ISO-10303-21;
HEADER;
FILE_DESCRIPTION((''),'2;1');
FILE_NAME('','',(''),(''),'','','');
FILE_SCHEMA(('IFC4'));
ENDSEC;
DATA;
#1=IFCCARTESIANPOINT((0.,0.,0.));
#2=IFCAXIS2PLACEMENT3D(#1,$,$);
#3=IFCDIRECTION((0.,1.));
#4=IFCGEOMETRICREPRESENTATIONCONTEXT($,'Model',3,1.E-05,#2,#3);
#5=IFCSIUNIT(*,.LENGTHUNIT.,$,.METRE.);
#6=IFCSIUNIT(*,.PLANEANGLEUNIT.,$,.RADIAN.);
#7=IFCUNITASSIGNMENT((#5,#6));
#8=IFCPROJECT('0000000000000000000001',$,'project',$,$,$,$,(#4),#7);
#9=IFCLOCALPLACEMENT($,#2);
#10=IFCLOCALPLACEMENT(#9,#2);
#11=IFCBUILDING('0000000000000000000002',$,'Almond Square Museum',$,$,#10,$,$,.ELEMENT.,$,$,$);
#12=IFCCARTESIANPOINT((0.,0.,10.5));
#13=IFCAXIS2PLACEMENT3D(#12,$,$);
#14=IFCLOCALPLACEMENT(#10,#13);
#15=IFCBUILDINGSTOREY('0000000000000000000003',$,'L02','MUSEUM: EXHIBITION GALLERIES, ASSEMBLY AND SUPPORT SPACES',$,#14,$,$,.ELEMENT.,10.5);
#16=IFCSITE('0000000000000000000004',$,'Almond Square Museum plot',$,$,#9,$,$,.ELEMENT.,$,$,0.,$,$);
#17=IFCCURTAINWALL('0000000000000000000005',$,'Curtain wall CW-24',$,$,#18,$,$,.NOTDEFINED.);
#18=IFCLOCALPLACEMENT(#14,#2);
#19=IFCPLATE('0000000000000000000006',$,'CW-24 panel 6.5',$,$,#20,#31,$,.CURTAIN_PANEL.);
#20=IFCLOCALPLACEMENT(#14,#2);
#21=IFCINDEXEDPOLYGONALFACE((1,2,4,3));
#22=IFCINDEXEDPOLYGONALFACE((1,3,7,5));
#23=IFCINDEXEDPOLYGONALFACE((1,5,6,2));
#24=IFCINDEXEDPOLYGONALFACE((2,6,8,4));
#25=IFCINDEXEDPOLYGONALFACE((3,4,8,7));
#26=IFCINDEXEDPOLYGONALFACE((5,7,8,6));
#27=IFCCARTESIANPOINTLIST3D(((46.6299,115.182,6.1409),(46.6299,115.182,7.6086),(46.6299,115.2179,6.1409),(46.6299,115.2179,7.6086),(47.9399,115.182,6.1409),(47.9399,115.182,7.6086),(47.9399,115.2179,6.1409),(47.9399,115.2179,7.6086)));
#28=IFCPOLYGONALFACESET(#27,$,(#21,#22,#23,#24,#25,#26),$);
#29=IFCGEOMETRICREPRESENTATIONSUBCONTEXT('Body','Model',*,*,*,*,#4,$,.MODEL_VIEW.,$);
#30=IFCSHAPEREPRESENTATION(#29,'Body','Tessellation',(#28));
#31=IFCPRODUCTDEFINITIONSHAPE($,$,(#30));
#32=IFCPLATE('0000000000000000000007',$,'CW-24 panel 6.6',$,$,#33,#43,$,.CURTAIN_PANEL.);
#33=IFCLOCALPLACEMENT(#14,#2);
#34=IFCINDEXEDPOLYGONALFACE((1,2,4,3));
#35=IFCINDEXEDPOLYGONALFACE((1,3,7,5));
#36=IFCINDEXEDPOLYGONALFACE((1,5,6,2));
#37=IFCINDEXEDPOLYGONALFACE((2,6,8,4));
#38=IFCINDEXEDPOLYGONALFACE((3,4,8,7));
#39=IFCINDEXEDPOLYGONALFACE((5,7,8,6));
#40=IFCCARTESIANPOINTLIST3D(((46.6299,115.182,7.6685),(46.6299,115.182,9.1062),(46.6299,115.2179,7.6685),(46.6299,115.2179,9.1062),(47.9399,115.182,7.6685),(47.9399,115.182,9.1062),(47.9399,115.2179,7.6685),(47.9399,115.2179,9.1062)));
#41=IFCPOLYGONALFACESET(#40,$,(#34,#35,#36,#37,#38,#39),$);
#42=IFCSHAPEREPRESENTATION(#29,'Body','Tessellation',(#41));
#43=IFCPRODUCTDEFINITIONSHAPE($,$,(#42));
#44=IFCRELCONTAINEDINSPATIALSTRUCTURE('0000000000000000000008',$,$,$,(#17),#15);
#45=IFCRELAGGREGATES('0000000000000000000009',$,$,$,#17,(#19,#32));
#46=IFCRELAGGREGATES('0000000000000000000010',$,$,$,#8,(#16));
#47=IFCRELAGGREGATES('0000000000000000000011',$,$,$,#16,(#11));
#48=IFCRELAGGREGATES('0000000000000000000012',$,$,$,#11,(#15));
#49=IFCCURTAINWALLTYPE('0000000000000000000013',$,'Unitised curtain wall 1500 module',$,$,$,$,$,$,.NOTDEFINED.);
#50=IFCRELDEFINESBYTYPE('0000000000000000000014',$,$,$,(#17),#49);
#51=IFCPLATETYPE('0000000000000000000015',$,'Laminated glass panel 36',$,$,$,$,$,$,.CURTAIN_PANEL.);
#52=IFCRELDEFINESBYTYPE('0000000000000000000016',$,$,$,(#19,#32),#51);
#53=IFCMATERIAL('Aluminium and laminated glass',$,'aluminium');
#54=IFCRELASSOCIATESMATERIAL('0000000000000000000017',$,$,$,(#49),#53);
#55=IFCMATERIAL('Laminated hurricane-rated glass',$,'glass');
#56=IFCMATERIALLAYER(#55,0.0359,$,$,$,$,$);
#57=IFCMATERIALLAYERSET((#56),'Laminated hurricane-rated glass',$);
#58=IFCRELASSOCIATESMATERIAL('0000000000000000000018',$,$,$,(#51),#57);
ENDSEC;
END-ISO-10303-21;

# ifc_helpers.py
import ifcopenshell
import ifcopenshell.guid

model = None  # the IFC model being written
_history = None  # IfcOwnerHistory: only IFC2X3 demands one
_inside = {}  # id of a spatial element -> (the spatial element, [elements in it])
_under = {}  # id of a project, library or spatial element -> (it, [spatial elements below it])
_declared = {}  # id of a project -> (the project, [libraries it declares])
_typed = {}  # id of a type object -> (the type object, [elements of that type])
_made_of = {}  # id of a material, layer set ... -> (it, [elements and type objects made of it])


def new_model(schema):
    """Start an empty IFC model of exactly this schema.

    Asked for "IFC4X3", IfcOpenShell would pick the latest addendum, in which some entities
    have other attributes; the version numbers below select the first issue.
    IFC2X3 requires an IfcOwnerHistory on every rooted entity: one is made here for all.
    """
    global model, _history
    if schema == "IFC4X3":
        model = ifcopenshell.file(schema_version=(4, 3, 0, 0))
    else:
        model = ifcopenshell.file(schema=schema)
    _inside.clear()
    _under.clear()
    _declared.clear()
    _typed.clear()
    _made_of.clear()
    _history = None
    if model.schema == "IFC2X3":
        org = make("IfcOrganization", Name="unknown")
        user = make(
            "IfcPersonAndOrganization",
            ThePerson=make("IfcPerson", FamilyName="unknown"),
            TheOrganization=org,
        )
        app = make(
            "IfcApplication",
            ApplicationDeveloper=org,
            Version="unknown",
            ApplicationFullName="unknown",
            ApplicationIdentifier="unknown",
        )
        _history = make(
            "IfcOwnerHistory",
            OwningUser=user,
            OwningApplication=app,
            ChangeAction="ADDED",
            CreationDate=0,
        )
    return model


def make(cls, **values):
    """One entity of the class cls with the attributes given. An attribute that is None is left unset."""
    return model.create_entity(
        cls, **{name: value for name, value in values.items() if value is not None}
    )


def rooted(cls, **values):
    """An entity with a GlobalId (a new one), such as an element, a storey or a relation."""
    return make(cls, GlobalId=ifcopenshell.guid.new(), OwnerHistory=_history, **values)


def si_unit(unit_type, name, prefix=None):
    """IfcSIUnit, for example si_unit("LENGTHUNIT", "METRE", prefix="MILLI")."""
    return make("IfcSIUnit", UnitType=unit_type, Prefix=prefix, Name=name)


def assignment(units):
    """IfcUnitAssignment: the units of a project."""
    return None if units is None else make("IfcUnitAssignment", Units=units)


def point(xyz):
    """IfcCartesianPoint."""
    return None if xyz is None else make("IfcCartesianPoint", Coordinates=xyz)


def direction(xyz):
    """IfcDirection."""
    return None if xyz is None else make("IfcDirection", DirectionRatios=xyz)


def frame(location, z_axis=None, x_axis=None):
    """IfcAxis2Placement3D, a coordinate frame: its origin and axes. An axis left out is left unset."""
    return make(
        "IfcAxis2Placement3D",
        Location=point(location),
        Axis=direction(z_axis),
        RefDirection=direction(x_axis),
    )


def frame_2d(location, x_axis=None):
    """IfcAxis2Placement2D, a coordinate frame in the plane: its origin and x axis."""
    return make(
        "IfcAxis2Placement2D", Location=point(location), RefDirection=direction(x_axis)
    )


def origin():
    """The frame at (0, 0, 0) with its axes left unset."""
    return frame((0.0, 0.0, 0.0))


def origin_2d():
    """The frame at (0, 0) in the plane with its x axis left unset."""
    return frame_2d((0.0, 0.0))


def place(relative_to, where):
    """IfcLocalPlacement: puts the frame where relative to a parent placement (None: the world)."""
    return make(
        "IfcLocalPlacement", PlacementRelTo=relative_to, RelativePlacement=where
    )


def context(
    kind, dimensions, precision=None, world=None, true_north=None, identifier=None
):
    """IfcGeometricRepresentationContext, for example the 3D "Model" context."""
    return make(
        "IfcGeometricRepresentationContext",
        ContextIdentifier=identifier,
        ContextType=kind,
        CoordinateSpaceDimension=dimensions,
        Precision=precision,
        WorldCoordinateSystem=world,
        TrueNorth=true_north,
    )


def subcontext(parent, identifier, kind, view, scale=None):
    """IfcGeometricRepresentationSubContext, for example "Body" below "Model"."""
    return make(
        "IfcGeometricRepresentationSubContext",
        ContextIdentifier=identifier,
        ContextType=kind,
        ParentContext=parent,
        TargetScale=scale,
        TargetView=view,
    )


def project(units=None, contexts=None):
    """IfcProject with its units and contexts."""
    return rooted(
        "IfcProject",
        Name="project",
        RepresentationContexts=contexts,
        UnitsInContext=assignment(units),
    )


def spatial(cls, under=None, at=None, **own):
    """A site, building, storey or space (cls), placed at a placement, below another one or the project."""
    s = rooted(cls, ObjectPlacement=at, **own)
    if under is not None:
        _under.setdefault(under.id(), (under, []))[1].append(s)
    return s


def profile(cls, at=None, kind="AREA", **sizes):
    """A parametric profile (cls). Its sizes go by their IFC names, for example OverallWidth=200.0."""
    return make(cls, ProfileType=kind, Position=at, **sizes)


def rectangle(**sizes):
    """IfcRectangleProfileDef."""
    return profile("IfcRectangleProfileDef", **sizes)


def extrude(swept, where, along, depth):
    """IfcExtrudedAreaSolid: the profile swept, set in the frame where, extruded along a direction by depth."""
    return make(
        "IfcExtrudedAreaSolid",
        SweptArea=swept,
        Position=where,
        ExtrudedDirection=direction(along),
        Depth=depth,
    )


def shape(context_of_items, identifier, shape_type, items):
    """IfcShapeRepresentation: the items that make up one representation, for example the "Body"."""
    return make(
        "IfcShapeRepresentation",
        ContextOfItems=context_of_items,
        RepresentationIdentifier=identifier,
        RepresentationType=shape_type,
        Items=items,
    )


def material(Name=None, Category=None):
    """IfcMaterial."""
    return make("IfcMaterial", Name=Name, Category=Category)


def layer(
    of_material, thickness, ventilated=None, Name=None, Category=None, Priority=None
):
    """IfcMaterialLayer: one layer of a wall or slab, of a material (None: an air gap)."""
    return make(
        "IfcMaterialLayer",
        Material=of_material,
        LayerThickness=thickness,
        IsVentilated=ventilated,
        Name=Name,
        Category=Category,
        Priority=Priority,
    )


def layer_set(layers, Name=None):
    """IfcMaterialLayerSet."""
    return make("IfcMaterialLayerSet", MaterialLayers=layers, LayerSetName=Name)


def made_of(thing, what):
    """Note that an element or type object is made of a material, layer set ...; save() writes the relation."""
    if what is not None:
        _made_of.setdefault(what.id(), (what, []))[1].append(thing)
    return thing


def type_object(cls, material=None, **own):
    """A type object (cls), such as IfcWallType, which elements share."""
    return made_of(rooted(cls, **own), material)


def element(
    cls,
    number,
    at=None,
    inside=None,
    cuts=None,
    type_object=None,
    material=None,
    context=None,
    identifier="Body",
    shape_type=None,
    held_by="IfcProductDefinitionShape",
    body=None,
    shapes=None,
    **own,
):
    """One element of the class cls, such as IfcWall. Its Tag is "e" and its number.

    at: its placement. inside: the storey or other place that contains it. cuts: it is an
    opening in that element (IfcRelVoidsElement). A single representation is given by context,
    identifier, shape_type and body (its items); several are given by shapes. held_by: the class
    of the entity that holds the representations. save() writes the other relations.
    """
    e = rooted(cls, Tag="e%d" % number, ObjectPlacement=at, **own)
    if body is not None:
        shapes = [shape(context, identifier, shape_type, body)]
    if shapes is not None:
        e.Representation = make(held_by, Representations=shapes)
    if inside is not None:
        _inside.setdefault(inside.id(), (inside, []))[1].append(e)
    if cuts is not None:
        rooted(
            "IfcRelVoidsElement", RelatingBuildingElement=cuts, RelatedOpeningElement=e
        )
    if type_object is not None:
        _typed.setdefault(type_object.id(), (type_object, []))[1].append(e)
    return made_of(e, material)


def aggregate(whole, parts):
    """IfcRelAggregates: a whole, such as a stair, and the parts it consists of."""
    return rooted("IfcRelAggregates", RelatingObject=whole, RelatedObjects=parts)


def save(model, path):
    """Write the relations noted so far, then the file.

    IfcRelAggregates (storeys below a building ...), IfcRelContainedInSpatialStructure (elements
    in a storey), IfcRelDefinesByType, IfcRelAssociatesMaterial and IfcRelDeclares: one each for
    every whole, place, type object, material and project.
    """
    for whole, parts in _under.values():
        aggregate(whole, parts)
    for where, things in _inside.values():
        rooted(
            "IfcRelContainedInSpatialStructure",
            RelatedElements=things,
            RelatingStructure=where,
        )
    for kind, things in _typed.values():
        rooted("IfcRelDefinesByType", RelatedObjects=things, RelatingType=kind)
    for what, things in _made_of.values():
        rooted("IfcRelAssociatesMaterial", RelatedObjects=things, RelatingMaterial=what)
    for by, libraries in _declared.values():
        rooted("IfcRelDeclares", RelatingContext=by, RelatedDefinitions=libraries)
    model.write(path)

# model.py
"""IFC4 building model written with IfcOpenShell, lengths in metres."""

from ifc_helpers import new_model, si_unit, direction, frame, origin, origin_2d, place, context, subcontext, project, spatial, rectangle, extrude, material, layer, layer_set, type_object, element, aggregate, save


model = new_model("IFC4")

# Units and contexts
model_context = context("Model", 3, precision=1e-05, world=origin(), true_north=direction((0.0, 1.0)))
body_context = subcontext(model_context, "Body", "Model", "MODEL_VIEW")
ifc_project = project(units=[si_unit("LENGTHUNIT", "METRE"), si_unit("PLANEANGLEUNIT", "RADIAN")], contexts=[model_context])

# Site, building, storey
site_placement = place(None, origin())
site = spatial("IfcSite", under=ifc_project, at=site_placement, Name="Almond Square Museum plot", CompositionType="ELEMENT", RefElevation=0.0)
building_placement = place(site_placement, origin())
building = spatial("IfcBuilding", under=site, at=building_placement, Name="Almond Square Museum", CompositionType="ELEMENT")
storey_placement = place(building_placement, frame((0.0, 0.0, 10.5)))
storey = spatial("IfcBuildingStorey", under=building, at=storey_placement, Name="L02", Description="MUSEUM: EXHIBITION GALLERIES, ASSEMBLY AND SUPPORT SPACES", CompositionType="ELEMENT", Elevation=10.5)

# Shared definitions
ifc_material_1 = material(Name="Aluminium and laminated glass", Category="aluminium")
curtain_wall_type = type_object("IfcCurtainWallType", Name="Unitised curtain wall 1500 module", PredefinedType="NOTDEFINED", material=ifc_material_1)
ifc_material_2 = material(Name="Laminated hurricane-rated glass", Category="glass")
ifc_layer = layer(ifc_material_2, 0.0359)
ifc_layer_set = layer_set([ifc_layer], Name="Laminated hurricane-rated glass")
plate_type = type_object("IfcPlateType", Name="Laminated glass panel 36", PredefinedType="CURTAIN_PANEL", material=ifc_layer_set)

# Curtain wall, plates
curtain_wall_1_placement = place(storey_placement, origin())
curtain_wall_1 = element("IfcCurtainWall", 1, at=curtain_wall_1_placement, inside=storey, type_object=curtain_wall_type, Name="Curtain wall CW-24", PredefinedType="NOTDEFINED")
plate_1_placement = place(storey_placement, frame((47.2849, 115.2, 6.1409), z_axis=(0.0, 0.0, 1.0), x_axis=(1.0, 0.0, 0.0)))
plate_1 = element("IfcPlate", 2, at=plate_1_placement, type_object=plate_type, Name="CW-24 panel 6.5", PredefinedType="CURTAIN_PANEL", context=body_context, shape_type="SweptSolid", body=[
    extrude(rectangle(XDim=1.3101, YDim=0.0359, at=origin_2d()), origin(), (0.0, 0.0, 1.0), 1.4678),
])
plate_2_placement = place(storey_placement, frame((47.2849, 115.2, 7.6685), z_axis=(0.0, 0.0, 1.0), x_axis=(1.0, 0.0, 0.0)))
plate_2 = element("IfcPlate", 3, at=plate_2_placement, type_object=plate_type, Name="CW-24 panel 6.6", PredefinedType="CURTAIN_PANEL", context=body_context, shape_type="SweptSolid", body=[
    extrude(rectangle(XDim=1.3101, YDim=0.0359, at=origin_2d()), origin(), (0.0, 0.0, 1.0), 1.4377),
])
aggregate(curtain_wall_1, [plate_1, plate_2])

save(model, "model.ifc")
